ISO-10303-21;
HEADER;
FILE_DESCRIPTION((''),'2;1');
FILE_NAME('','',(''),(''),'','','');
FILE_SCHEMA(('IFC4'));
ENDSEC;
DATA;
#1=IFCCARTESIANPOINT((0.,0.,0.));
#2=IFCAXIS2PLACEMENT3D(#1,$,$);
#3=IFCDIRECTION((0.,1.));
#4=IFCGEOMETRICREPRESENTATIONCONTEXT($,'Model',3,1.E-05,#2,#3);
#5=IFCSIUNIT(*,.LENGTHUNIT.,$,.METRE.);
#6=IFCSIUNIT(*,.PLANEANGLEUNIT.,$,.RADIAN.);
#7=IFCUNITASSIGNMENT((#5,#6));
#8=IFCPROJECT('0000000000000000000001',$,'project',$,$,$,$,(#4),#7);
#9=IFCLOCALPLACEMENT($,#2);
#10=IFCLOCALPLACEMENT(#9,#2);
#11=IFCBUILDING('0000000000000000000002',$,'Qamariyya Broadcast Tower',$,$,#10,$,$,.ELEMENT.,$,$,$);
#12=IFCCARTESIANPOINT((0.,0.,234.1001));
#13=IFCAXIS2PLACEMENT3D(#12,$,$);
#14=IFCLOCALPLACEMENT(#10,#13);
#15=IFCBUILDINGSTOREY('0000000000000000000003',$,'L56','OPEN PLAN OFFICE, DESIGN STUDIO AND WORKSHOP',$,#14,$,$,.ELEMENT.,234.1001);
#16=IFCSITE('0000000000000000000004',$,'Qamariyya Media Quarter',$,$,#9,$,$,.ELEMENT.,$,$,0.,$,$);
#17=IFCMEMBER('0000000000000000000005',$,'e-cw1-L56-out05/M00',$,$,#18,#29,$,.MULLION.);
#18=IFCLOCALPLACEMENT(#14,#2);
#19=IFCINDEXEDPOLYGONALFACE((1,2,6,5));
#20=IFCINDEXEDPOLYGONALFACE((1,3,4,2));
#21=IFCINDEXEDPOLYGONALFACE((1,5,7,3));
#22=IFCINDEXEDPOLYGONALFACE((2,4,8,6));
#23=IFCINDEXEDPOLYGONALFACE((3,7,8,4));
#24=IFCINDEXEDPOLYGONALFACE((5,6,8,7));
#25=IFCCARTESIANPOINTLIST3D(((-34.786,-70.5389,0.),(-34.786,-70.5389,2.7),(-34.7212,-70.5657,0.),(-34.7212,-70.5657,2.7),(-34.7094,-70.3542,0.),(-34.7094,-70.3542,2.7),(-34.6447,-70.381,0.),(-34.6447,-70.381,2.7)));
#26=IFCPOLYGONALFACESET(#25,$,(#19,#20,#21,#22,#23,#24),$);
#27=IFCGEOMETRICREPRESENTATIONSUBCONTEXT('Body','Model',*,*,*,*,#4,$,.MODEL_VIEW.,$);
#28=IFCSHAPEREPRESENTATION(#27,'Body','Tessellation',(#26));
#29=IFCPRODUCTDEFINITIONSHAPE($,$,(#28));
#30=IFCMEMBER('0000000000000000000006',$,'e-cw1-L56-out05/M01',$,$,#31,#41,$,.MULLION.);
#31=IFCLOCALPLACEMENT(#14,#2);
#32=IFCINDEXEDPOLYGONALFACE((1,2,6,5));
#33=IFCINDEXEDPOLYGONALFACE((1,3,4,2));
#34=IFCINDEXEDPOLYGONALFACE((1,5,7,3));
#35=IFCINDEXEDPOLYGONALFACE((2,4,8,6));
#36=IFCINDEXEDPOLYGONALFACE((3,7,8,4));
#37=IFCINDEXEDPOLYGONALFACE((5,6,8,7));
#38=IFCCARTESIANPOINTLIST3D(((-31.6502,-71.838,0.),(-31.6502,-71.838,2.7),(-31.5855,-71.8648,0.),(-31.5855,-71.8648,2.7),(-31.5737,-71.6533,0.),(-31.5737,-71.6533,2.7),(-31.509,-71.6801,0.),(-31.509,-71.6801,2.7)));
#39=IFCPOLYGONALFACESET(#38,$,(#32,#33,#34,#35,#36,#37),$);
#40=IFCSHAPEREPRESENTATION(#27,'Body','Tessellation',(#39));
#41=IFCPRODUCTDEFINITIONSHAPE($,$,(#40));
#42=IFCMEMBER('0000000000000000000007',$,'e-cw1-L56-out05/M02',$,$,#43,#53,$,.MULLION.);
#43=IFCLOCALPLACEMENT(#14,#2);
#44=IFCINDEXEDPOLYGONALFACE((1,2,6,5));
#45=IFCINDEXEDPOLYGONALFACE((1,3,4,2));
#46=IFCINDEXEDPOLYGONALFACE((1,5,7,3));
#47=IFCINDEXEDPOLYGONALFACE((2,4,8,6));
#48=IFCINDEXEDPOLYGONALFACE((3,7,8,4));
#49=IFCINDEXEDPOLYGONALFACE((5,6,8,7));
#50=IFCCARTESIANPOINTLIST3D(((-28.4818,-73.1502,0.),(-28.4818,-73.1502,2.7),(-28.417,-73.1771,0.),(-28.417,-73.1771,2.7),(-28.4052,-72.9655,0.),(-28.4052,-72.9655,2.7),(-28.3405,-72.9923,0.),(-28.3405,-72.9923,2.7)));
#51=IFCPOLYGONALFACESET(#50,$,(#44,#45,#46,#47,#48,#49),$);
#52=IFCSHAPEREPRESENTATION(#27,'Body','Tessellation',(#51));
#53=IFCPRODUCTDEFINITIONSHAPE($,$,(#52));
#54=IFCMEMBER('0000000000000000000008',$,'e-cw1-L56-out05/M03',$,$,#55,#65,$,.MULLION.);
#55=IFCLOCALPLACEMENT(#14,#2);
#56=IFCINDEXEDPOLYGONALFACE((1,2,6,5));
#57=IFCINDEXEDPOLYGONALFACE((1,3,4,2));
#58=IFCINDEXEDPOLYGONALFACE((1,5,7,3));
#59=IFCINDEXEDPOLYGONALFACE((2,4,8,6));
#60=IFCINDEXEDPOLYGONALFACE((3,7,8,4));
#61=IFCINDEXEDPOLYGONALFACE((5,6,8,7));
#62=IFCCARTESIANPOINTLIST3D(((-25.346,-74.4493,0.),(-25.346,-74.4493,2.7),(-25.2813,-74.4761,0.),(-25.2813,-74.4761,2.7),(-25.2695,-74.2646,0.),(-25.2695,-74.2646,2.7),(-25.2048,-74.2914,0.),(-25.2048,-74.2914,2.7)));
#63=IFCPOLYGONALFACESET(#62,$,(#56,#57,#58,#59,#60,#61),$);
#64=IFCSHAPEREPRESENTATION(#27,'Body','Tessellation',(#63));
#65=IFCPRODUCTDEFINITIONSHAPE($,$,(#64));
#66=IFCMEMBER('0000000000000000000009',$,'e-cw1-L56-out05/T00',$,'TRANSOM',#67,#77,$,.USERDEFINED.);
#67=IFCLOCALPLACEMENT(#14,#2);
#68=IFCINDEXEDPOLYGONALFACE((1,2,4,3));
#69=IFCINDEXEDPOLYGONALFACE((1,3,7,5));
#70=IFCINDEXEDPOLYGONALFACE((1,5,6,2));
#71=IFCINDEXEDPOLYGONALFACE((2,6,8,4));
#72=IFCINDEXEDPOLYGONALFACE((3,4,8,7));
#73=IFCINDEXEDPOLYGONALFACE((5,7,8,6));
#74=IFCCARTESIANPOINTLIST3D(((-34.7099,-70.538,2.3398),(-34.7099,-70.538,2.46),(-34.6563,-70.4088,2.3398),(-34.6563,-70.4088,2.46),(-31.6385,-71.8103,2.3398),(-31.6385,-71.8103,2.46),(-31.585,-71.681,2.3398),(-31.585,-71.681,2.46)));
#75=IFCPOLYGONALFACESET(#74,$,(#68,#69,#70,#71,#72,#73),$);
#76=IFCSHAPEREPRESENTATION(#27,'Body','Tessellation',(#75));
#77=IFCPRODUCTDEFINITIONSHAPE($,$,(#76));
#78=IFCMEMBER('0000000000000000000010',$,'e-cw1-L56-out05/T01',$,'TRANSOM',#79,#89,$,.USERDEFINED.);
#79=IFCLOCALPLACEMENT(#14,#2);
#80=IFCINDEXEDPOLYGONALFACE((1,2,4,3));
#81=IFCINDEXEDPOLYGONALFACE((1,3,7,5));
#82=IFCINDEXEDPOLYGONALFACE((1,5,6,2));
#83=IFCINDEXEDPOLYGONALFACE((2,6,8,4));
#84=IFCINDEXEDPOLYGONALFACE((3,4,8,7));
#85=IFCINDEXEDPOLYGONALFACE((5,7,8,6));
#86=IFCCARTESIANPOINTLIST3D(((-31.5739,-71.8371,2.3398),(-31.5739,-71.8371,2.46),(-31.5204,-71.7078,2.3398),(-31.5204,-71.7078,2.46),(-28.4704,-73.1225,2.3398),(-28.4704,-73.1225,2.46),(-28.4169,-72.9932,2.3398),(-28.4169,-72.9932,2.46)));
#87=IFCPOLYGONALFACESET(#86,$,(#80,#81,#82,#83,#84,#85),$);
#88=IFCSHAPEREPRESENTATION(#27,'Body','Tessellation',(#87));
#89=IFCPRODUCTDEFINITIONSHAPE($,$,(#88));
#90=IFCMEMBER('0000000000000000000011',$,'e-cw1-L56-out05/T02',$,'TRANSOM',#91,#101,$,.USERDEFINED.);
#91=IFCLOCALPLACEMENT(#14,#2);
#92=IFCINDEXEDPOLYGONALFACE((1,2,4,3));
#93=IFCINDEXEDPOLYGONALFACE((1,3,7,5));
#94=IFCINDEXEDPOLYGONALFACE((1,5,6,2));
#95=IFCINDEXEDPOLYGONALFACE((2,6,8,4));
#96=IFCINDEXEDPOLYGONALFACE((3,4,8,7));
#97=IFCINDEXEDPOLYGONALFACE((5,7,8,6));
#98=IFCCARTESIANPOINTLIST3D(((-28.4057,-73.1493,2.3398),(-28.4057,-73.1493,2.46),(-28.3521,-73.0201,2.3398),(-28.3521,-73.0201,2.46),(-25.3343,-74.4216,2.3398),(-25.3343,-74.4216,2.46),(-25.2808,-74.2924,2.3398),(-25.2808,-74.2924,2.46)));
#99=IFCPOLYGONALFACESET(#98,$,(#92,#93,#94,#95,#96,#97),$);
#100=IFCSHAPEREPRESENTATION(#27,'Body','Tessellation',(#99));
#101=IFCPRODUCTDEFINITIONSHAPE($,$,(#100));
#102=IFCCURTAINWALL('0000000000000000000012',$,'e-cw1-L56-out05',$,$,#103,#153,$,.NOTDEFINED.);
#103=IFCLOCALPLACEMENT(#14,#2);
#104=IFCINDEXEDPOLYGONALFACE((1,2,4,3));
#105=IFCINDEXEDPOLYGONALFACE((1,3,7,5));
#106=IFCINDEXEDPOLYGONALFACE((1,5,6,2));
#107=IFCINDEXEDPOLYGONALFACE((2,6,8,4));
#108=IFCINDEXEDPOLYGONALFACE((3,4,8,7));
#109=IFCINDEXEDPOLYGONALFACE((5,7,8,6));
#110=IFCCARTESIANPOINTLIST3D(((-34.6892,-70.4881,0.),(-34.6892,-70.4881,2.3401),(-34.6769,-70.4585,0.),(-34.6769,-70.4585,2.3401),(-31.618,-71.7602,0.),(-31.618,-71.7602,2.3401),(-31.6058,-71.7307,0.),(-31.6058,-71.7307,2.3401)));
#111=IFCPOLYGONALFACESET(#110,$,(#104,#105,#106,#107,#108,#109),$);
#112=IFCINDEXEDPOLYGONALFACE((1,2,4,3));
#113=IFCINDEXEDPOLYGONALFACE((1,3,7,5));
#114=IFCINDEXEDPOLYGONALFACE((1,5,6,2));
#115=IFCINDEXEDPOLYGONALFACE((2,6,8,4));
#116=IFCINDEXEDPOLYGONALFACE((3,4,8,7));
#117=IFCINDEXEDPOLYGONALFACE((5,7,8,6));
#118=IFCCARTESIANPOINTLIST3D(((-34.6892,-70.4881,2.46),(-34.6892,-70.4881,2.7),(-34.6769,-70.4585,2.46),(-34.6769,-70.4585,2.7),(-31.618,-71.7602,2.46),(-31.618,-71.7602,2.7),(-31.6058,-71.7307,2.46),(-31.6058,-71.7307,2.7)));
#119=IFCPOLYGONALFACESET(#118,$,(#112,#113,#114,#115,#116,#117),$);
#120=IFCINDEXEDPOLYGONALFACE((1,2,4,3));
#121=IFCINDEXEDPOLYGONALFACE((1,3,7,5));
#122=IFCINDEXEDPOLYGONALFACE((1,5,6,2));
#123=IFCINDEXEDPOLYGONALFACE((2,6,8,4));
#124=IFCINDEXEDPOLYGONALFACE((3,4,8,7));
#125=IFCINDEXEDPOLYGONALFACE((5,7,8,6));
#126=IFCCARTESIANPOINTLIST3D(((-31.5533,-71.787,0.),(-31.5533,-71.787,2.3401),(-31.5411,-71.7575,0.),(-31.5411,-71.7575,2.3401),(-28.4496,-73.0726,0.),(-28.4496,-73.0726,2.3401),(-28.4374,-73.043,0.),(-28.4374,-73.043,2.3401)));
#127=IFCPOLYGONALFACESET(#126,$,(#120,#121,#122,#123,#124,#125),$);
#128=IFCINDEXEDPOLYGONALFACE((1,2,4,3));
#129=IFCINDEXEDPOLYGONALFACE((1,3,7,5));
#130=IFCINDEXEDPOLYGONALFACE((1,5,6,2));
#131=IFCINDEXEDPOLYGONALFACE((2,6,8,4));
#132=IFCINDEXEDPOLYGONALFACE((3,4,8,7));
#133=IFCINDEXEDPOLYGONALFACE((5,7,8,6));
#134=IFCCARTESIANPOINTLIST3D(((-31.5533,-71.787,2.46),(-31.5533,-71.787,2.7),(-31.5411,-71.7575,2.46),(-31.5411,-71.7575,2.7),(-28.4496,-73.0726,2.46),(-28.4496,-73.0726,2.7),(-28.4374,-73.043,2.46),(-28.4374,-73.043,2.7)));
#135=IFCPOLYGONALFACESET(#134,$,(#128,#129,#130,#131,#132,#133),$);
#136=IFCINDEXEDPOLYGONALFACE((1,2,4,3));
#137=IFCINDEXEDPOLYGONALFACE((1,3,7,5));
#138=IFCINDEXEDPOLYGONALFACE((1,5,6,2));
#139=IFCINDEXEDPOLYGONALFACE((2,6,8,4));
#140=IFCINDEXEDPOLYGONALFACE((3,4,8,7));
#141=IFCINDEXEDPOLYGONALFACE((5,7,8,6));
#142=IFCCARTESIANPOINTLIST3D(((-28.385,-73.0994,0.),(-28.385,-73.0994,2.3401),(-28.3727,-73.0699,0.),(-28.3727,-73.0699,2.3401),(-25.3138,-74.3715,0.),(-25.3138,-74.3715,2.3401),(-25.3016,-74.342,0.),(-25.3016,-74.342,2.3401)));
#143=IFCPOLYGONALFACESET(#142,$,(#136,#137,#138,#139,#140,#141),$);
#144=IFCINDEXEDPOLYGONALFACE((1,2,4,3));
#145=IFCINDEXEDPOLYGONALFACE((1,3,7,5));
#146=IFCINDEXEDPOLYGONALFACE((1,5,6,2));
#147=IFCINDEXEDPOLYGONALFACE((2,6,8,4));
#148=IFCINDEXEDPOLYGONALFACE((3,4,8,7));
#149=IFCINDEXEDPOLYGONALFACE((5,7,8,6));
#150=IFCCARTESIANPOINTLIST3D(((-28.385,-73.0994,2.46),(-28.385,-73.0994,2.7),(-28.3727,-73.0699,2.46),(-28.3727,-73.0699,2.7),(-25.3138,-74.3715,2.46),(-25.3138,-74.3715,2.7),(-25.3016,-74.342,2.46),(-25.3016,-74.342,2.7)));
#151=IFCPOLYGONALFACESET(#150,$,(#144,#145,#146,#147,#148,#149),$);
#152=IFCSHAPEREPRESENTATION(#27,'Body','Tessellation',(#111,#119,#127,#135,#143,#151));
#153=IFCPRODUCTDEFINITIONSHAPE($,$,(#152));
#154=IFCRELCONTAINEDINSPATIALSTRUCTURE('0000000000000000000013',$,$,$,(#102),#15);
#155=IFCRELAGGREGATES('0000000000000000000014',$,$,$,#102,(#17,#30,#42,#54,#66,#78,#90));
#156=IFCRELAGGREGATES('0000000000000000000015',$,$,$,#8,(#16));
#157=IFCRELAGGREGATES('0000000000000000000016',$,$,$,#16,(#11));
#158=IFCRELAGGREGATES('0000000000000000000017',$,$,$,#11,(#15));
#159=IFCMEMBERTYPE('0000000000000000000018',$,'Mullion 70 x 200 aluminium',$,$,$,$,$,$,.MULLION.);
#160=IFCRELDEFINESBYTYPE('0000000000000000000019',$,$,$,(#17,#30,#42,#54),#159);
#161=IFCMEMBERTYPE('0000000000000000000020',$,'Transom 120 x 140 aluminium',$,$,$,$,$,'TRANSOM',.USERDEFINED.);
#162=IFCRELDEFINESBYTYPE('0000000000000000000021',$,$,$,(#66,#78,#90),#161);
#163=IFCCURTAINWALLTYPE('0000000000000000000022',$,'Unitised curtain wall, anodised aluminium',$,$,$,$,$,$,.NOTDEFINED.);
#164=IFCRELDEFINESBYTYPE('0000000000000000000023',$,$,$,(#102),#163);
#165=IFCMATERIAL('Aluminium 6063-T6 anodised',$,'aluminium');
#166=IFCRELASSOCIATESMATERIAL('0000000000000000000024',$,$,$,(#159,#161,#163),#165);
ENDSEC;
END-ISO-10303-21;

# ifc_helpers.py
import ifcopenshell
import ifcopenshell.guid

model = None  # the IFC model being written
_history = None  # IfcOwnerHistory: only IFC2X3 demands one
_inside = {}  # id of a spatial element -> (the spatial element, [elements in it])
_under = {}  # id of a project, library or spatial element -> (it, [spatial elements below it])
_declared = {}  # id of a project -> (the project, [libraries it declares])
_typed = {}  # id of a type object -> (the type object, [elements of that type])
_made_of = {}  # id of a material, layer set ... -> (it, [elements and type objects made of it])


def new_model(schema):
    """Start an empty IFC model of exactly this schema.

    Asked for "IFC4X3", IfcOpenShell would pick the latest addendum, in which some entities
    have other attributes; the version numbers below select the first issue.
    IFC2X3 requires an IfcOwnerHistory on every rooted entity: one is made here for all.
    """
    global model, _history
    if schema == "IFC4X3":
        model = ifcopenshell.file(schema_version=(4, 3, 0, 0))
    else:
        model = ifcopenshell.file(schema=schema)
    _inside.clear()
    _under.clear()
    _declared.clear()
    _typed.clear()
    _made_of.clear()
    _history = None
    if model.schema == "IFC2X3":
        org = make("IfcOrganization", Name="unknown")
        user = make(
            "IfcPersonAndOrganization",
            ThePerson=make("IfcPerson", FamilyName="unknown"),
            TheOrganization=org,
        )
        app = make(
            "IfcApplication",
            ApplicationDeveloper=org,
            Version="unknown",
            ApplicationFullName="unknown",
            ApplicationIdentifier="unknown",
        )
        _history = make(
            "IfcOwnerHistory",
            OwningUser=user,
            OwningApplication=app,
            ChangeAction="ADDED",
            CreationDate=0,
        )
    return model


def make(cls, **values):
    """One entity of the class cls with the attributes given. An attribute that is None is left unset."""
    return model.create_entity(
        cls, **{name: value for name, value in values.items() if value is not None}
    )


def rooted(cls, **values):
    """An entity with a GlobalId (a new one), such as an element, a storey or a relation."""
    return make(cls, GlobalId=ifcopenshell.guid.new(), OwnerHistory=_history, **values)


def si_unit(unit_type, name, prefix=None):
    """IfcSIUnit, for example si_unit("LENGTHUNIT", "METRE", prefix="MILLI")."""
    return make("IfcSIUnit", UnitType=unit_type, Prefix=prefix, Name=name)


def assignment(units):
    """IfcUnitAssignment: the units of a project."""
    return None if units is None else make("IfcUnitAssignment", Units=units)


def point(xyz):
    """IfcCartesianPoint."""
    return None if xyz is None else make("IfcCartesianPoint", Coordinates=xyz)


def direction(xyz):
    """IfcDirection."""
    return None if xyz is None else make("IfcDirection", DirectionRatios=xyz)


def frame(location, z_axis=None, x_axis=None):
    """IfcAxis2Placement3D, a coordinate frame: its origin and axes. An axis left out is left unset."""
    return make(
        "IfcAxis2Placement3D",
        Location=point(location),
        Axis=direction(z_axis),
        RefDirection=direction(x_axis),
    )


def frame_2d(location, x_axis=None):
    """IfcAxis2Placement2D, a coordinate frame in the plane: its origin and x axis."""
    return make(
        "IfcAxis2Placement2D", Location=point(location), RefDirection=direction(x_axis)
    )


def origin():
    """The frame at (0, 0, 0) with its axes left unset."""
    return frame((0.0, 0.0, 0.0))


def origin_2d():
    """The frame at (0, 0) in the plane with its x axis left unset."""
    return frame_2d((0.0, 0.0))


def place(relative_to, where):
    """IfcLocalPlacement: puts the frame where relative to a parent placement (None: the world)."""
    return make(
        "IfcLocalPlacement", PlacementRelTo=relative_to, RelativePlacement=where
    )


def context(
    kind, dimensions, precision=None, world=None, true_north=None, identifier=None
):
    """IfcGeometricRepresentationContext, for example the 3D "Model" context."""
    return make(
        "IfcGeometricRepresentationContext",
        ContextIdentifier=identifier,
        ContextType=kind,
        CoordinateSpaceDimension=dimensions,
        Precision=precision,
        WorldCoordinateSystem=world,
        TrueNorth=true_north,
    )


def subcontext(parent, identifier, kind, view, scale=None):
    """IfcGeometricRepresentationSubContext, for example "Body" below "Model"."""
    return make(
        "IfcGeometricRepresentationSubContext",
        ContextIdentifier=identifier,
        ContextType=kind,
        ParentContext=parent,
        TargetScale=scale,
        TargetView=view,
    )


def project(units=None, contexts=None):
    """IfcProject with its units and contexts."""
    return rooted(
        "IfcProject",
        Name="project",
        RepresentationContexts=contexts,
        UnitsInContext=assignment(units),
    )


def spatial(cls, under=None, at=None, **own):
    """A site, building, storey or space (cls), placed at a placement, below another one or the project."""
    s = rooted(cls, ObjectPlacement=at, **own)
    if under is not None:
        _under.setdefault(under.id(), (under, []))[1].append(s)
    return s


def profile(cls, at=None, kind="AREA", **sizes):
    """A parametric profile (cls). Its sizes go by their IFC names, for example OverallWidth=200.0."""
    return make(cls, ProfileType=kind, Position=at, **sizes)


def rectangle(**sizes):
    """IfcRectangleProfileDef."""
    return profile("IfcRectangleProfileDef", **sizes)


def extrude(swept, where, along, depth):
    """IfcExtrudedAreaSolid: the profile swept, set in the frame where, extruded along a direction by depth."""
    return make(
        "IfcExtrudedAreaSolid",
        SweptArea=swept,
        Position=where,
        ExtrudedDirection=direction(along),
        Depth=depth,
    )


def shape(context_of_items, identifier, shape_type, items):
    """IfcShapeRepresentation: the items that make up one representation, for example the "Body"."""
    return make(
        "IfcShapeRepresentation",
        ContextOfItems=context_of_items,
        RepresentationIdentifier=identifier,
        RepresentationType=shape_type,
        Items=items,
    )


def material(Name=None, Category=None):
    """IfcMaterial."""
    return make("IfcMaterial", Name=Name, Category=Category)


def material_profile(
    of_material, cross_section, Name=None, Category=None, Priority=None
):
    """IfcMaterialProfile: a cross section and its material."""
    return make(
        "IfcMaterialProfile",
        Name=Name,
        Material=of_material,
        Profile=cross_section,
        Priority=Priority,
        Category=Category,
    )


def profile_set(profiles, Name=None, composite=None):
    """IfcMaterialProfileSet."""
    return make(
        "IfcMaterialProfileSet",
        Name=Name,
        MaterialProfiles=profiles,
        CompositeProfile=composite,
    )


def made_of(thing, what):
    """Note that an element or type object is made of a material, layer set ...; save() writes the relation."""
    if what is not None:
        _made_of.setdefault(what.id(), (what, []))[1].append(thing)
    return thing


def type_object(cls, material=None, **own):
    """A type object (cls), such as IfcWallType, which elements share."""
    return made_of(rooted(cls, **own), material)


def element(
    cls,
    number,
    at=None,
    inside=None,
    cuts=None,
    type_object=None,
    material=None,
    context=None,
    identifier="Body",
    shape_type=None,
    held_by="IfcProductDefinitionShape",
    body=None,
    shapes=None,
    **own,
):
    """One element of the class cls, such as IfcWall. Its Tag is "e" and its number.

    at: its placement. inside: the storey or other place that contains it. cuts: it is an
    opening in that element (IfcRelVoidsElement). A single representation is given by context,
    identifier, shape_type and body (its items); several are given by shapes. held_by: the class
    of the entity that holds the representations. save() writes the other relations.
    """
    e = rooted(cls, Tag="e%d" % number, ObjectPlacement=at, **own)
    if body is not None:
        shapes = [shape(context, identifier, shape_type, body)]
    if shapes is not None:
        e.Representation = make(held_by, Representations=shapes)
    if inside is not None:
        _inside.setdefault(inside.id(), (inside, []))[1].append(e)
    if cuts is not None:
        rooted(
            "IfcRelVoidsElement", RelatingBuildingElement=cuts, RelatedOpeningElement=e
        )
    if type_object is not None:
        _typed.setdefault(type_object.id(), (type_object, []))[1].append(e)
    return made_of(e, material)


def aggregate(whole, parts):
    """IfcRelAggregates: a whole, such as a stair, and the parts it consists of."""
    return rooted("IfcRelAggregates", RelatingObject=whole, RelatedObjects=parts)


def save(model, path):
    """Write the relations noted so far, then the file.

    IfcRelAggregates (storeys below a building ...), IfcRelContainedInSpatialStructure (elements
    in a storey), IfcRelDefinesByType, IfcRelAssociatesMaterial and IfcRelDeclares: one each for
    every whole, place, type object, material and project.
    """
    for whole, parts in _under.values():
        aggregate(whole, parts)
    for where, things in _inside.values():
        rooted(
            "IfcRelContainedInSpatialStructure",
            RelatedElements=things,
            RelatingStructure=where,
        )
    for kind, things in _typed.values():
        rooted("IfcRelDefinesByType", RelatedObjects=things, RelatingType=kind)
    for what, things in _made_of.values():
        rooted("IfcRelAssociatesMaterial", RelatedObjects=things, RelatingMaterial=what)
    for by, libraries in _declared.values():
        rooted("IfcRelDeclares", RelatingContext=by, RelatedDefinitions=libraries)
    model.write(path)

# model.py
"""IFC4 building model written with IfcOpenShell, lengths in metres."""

from ifc_helpers import new_model, si_unit, direction, frame, origin, origin_2d, place, context, subcontext, project, spatial, rectangle, extrude, material, material_profile, profile_set, type_object, element, aggregate, save


model = new_model("IFC4")

# Units and contexts
model_context = context("Model", 3, precision=1e-05, world=origin(), true_north=direction((0.0, 1.0)))
body_context = subcontext(model_context, "Body", "Model", "MODEL_VIEW")
ifc_project = project(units=[si_unit("LENGTHUNIT", "METRE"), si_unit("PLANEANGLEUNIT", "RADIAN")], contexts=[model_context])

# Members
ifc_material = material(Name="Aluminium 6063-T6 anodised", Category="aluminium")
ifc_material_profile_1 = material_profile(ifc_material, rectangle(XDim=0.2, YDim=0.0701, at=origin_2d()))
ifc_profile_set_1 = profile_set([ifc_material_profile_1], Name="Aluminium 6063-T6 anodised")
member_type_1 = type_object("IfcMemberType", Name="Mullion 70 x 200 aluminium", PredefinedType="MULLION", material=ifc_profile_set_1)
site_placement = place(None, origin())
building_placement = place(site_placement, origin())
storey_placement = place(building_placement, frame((0.0, 0.0, 234.1001)))
member_1_placement = place(storey_placement, frame((-34.7153, -70.46, 0.0), z_axis=(0.0, 0.0, 1.0), x_axis=(0.382683, 0.92388, 0.0)))
member_1 = element("IfcMember", 1, at=member_1_placement, type_object=member_type_1, Name="e-cw1-L56-out05/M00", PredefinedType="MULLION", context=body_context, shape_type="SweptSolid", body=[
    extrude(rectangle(XDim=0.2, YDim=0.0701, at=origin_2d()), origin(), (0.0, 0.0, 1.0), 2.7),
])
member_2_placement = place(storey_placement, frame((-31.5796, -71.759, 0.0), z_axis=(0.0, 0.0, 1.0), x_axis=(0.382683, 0.92388, 0.0)))
member_2 = element("IfcMember", 2, at=member_2_placement, type_object=member_type_1, Name="e-cw1-L56-out05/M01", PredefinedType="MULLION", context=body_context, shape_type="SweptSolid", body=[
    extrude(rectangle(XDim=0.2, YDim=0.0701, at=origin_2d()), origin(), (0.0, 0.0, 1.0), 2.7),
])
member_3_placement = place(storey_placement, frame((-28.4111, -73.0713, 0.0), z_axis=(0.0, 0.0, 1.0), x_axis=(0.382683, 0.92388, 0.0)))
member_3 = element("IfcMember", 3, at=member_3_placement, type_object=member_type_1, Name="e-cw1-L56-out05/M02", PredefinedType="MULLION", context=body_context, shape_type="SweptSolid", body=[
    extrude(rectangle(XDim=0.2, YDim=0.0701, at=origin_2d()), origin(), (0.0, 0.0, 1.0), 2.7),
])
member_4_placement = place(storey_placement, frame((-25.2754, -74.3704, 0.0), z_axis=(0.0, 0.0, 1.0), x_axis=(0.382683, 0.92388, 0.0)))
member_4 = element("IfcMember", 4, at=member_4_placement, type_object=member_type_1, Name="e-cw1-L56-out05/M03", PredefinedType="MULLION", context=body_context, shape_type="SweptSolid", body=[
    extrude(rectangle(XDim=0.2, YDim=0.0701, at=origin_2d()), origin(), (0.0, 0.0, 1.0), 2.7),
])
ifc_material_profile_2 = material_profile(ifc_material, rectangle(XDim=0.1399, YDim=0.1201, at=origin_2d()))
ifc_profile_set_2 = profile_set([ifc_material_profile_2], Name="Aluminium 6063-T6 anodised")
member_type_2 = type_object("IfcMemberType", Name="Transom 120 x 140 aluminium", ElementType="TRANSOM", PredefinedType="USERDEFINED", material=ifc_profile_set_2)
member_5_placement = place(storey_placement, frame((-34.6831, -70.4734, 2.3999), z_axis=(0.923875, -0.382696, 0.0), x_axis=(0.382696, 0.923875, 0.0)))
member_5 = element("IfcMember", 5, at=member_5_placement, type_object=member_type_2, Name="e-cw1-L56-out05/T00", ObjectType="TRANSOM", PredefinedType="USERDEFINED", context=body_context, shape_type="SweptSolid", body=[
    extrude(rectangle(XDim=0.1399, YDim=0.1201, at=origin_2d()), origin(), (0.0, 0.0, 1.0), 3.3245),
])
member_6_placement = place(storey_placement, frame((-31.5471, -71.7725, 2.3999), z_axis=(0.923892, -0.382653, 0.0), x_axis=(0.382653, 0.923892, 0.0)))
member_6 = element("IfcMember", 6, at=member_6_placement, type_object=member_type_2, Name="e-cw1-L56-out05/T01", ObjectType="TRANSOM", PredefinedType="USERDEFINED", context=body_context, shape_type="SweptSolid", body=[
    extrude(rectangle(XDim=0.1399, YDim=0.1201, at=origin_2d()), origin(), (0.0, 0.0, 1.0), 3.3591),
])
member_7_placement = place(storey_placement, frame((-28.3789, -73.0847, 2.3999), z_axis=(0.923875, -0.382696, 0.0), x_axis=(0.382696, 0.923875, 0.0)))
member_7 = element("IfcMember", 7, at=member_7_placement, type_object=member_type_2, Name="e-cw1-L56-out05/T02", ObjectType="TRANSOM", PredefinedType="USERDEFINED", context=body_context, shape_type="SweptSolid", body=[
    extrude(rectangle(XDim=0.1399, YDim=0.1201, at=origin_2d()), origin(), (0.0, 0.0, 1.0), 3.3245),
])

# Site, building, storey
site = spatial("IfcSite", under=ifc_project, at=site_placement, Name="Qamariyya Media Quarter", CompositionType="ELEMENT", RefElevation=0.0)
building = spatial("IfcBuilding", under=site, at=building_placement, Name="Qamariyya Broadcast Tower", CompositionType="ELEMENT")
storey = spatial("IfcBuildingStorey", under=building, at=storey_placement, Name="L56", Description="OPEN PLAN OFFICE, DESIGN STUDIO AND WORKSHOP", CompositionType="ELEMENT", Elevation=234.1001)

# Curtain wall
curtain_wall_type = type_object("IfcCurtainWallType", Name="Unitised curtain wall, anodised aluminium", PredefinedType="NOTDEFINED", material=ifc_material)
curtain_wall_1_placement = place(storey_placement, origin())
curtain_wall_1 = element("IfcCurtainWall", 8, at=curtain_wall_1_placement, inside=storey, type_object=curtain_wall_type, Name="e-cw1-L56-out05", PredefinedType="NOTDEFINED", context=body_context, shape_type="SweptSolid", body=[
    extrude(rectangle(XDim=3.3242, YDim=0.032, at=origin_2d()), frame((-33.1475, -71.1094, 0.0), x_axis=(0.923881, -0.38268, 0.0)), (0.0, 0.0, 1.0), 2.3401),
    extrude(rectangle(XDim=3.3242, YDim=0.032, at=origin_2d()), frame((-33.1475, -71.1094, 2.46), x_axis=(0.923881, -0.38268, 0.0)), (0.0, 0.0, 1.0), 0.24),
    extrude(rectangle(XDim=3.3594, YDim=0.032, at=origin_2d()), frame((-29.9954, -72.415, 0.0), x_axis=(0.923881, -0.38268, 0.0)), (0.0, 0.0, 1.0), 2.3401),
    extrude(rectangle(XDim=3.3594, YDim=0.032, at=origin_2d()), frame((-29.9954, -72.415, 2.46), x_axis=(0.923881, -0.38268, 0.0)), (0.0, 0.0, 1.0), 0.24),
    extrude(rectangle(XDim=3.3242, YDim=0.032, at=origin_2d()), frame((-26.8433, -73.7207, 0.0), x_axis=(0.923881, -0.38268, 0.0)), (0.0, 0.0, 1.0), 2.3401),
    extrude(rectangle(XDim=3.3242, YDim=0.032, at=origin_2d()), frame((-26.8433, -73.7207, 2.46), x_axis=(0.923881, -0.38268, 0.0)), (0.0, 0.0, 1.0), 0.24),
])
aggregate(curtain_wall_1, [member_1, member_2, member_3, member_4, member_5, member_6, member_7])

save(model, "model.ifc")
